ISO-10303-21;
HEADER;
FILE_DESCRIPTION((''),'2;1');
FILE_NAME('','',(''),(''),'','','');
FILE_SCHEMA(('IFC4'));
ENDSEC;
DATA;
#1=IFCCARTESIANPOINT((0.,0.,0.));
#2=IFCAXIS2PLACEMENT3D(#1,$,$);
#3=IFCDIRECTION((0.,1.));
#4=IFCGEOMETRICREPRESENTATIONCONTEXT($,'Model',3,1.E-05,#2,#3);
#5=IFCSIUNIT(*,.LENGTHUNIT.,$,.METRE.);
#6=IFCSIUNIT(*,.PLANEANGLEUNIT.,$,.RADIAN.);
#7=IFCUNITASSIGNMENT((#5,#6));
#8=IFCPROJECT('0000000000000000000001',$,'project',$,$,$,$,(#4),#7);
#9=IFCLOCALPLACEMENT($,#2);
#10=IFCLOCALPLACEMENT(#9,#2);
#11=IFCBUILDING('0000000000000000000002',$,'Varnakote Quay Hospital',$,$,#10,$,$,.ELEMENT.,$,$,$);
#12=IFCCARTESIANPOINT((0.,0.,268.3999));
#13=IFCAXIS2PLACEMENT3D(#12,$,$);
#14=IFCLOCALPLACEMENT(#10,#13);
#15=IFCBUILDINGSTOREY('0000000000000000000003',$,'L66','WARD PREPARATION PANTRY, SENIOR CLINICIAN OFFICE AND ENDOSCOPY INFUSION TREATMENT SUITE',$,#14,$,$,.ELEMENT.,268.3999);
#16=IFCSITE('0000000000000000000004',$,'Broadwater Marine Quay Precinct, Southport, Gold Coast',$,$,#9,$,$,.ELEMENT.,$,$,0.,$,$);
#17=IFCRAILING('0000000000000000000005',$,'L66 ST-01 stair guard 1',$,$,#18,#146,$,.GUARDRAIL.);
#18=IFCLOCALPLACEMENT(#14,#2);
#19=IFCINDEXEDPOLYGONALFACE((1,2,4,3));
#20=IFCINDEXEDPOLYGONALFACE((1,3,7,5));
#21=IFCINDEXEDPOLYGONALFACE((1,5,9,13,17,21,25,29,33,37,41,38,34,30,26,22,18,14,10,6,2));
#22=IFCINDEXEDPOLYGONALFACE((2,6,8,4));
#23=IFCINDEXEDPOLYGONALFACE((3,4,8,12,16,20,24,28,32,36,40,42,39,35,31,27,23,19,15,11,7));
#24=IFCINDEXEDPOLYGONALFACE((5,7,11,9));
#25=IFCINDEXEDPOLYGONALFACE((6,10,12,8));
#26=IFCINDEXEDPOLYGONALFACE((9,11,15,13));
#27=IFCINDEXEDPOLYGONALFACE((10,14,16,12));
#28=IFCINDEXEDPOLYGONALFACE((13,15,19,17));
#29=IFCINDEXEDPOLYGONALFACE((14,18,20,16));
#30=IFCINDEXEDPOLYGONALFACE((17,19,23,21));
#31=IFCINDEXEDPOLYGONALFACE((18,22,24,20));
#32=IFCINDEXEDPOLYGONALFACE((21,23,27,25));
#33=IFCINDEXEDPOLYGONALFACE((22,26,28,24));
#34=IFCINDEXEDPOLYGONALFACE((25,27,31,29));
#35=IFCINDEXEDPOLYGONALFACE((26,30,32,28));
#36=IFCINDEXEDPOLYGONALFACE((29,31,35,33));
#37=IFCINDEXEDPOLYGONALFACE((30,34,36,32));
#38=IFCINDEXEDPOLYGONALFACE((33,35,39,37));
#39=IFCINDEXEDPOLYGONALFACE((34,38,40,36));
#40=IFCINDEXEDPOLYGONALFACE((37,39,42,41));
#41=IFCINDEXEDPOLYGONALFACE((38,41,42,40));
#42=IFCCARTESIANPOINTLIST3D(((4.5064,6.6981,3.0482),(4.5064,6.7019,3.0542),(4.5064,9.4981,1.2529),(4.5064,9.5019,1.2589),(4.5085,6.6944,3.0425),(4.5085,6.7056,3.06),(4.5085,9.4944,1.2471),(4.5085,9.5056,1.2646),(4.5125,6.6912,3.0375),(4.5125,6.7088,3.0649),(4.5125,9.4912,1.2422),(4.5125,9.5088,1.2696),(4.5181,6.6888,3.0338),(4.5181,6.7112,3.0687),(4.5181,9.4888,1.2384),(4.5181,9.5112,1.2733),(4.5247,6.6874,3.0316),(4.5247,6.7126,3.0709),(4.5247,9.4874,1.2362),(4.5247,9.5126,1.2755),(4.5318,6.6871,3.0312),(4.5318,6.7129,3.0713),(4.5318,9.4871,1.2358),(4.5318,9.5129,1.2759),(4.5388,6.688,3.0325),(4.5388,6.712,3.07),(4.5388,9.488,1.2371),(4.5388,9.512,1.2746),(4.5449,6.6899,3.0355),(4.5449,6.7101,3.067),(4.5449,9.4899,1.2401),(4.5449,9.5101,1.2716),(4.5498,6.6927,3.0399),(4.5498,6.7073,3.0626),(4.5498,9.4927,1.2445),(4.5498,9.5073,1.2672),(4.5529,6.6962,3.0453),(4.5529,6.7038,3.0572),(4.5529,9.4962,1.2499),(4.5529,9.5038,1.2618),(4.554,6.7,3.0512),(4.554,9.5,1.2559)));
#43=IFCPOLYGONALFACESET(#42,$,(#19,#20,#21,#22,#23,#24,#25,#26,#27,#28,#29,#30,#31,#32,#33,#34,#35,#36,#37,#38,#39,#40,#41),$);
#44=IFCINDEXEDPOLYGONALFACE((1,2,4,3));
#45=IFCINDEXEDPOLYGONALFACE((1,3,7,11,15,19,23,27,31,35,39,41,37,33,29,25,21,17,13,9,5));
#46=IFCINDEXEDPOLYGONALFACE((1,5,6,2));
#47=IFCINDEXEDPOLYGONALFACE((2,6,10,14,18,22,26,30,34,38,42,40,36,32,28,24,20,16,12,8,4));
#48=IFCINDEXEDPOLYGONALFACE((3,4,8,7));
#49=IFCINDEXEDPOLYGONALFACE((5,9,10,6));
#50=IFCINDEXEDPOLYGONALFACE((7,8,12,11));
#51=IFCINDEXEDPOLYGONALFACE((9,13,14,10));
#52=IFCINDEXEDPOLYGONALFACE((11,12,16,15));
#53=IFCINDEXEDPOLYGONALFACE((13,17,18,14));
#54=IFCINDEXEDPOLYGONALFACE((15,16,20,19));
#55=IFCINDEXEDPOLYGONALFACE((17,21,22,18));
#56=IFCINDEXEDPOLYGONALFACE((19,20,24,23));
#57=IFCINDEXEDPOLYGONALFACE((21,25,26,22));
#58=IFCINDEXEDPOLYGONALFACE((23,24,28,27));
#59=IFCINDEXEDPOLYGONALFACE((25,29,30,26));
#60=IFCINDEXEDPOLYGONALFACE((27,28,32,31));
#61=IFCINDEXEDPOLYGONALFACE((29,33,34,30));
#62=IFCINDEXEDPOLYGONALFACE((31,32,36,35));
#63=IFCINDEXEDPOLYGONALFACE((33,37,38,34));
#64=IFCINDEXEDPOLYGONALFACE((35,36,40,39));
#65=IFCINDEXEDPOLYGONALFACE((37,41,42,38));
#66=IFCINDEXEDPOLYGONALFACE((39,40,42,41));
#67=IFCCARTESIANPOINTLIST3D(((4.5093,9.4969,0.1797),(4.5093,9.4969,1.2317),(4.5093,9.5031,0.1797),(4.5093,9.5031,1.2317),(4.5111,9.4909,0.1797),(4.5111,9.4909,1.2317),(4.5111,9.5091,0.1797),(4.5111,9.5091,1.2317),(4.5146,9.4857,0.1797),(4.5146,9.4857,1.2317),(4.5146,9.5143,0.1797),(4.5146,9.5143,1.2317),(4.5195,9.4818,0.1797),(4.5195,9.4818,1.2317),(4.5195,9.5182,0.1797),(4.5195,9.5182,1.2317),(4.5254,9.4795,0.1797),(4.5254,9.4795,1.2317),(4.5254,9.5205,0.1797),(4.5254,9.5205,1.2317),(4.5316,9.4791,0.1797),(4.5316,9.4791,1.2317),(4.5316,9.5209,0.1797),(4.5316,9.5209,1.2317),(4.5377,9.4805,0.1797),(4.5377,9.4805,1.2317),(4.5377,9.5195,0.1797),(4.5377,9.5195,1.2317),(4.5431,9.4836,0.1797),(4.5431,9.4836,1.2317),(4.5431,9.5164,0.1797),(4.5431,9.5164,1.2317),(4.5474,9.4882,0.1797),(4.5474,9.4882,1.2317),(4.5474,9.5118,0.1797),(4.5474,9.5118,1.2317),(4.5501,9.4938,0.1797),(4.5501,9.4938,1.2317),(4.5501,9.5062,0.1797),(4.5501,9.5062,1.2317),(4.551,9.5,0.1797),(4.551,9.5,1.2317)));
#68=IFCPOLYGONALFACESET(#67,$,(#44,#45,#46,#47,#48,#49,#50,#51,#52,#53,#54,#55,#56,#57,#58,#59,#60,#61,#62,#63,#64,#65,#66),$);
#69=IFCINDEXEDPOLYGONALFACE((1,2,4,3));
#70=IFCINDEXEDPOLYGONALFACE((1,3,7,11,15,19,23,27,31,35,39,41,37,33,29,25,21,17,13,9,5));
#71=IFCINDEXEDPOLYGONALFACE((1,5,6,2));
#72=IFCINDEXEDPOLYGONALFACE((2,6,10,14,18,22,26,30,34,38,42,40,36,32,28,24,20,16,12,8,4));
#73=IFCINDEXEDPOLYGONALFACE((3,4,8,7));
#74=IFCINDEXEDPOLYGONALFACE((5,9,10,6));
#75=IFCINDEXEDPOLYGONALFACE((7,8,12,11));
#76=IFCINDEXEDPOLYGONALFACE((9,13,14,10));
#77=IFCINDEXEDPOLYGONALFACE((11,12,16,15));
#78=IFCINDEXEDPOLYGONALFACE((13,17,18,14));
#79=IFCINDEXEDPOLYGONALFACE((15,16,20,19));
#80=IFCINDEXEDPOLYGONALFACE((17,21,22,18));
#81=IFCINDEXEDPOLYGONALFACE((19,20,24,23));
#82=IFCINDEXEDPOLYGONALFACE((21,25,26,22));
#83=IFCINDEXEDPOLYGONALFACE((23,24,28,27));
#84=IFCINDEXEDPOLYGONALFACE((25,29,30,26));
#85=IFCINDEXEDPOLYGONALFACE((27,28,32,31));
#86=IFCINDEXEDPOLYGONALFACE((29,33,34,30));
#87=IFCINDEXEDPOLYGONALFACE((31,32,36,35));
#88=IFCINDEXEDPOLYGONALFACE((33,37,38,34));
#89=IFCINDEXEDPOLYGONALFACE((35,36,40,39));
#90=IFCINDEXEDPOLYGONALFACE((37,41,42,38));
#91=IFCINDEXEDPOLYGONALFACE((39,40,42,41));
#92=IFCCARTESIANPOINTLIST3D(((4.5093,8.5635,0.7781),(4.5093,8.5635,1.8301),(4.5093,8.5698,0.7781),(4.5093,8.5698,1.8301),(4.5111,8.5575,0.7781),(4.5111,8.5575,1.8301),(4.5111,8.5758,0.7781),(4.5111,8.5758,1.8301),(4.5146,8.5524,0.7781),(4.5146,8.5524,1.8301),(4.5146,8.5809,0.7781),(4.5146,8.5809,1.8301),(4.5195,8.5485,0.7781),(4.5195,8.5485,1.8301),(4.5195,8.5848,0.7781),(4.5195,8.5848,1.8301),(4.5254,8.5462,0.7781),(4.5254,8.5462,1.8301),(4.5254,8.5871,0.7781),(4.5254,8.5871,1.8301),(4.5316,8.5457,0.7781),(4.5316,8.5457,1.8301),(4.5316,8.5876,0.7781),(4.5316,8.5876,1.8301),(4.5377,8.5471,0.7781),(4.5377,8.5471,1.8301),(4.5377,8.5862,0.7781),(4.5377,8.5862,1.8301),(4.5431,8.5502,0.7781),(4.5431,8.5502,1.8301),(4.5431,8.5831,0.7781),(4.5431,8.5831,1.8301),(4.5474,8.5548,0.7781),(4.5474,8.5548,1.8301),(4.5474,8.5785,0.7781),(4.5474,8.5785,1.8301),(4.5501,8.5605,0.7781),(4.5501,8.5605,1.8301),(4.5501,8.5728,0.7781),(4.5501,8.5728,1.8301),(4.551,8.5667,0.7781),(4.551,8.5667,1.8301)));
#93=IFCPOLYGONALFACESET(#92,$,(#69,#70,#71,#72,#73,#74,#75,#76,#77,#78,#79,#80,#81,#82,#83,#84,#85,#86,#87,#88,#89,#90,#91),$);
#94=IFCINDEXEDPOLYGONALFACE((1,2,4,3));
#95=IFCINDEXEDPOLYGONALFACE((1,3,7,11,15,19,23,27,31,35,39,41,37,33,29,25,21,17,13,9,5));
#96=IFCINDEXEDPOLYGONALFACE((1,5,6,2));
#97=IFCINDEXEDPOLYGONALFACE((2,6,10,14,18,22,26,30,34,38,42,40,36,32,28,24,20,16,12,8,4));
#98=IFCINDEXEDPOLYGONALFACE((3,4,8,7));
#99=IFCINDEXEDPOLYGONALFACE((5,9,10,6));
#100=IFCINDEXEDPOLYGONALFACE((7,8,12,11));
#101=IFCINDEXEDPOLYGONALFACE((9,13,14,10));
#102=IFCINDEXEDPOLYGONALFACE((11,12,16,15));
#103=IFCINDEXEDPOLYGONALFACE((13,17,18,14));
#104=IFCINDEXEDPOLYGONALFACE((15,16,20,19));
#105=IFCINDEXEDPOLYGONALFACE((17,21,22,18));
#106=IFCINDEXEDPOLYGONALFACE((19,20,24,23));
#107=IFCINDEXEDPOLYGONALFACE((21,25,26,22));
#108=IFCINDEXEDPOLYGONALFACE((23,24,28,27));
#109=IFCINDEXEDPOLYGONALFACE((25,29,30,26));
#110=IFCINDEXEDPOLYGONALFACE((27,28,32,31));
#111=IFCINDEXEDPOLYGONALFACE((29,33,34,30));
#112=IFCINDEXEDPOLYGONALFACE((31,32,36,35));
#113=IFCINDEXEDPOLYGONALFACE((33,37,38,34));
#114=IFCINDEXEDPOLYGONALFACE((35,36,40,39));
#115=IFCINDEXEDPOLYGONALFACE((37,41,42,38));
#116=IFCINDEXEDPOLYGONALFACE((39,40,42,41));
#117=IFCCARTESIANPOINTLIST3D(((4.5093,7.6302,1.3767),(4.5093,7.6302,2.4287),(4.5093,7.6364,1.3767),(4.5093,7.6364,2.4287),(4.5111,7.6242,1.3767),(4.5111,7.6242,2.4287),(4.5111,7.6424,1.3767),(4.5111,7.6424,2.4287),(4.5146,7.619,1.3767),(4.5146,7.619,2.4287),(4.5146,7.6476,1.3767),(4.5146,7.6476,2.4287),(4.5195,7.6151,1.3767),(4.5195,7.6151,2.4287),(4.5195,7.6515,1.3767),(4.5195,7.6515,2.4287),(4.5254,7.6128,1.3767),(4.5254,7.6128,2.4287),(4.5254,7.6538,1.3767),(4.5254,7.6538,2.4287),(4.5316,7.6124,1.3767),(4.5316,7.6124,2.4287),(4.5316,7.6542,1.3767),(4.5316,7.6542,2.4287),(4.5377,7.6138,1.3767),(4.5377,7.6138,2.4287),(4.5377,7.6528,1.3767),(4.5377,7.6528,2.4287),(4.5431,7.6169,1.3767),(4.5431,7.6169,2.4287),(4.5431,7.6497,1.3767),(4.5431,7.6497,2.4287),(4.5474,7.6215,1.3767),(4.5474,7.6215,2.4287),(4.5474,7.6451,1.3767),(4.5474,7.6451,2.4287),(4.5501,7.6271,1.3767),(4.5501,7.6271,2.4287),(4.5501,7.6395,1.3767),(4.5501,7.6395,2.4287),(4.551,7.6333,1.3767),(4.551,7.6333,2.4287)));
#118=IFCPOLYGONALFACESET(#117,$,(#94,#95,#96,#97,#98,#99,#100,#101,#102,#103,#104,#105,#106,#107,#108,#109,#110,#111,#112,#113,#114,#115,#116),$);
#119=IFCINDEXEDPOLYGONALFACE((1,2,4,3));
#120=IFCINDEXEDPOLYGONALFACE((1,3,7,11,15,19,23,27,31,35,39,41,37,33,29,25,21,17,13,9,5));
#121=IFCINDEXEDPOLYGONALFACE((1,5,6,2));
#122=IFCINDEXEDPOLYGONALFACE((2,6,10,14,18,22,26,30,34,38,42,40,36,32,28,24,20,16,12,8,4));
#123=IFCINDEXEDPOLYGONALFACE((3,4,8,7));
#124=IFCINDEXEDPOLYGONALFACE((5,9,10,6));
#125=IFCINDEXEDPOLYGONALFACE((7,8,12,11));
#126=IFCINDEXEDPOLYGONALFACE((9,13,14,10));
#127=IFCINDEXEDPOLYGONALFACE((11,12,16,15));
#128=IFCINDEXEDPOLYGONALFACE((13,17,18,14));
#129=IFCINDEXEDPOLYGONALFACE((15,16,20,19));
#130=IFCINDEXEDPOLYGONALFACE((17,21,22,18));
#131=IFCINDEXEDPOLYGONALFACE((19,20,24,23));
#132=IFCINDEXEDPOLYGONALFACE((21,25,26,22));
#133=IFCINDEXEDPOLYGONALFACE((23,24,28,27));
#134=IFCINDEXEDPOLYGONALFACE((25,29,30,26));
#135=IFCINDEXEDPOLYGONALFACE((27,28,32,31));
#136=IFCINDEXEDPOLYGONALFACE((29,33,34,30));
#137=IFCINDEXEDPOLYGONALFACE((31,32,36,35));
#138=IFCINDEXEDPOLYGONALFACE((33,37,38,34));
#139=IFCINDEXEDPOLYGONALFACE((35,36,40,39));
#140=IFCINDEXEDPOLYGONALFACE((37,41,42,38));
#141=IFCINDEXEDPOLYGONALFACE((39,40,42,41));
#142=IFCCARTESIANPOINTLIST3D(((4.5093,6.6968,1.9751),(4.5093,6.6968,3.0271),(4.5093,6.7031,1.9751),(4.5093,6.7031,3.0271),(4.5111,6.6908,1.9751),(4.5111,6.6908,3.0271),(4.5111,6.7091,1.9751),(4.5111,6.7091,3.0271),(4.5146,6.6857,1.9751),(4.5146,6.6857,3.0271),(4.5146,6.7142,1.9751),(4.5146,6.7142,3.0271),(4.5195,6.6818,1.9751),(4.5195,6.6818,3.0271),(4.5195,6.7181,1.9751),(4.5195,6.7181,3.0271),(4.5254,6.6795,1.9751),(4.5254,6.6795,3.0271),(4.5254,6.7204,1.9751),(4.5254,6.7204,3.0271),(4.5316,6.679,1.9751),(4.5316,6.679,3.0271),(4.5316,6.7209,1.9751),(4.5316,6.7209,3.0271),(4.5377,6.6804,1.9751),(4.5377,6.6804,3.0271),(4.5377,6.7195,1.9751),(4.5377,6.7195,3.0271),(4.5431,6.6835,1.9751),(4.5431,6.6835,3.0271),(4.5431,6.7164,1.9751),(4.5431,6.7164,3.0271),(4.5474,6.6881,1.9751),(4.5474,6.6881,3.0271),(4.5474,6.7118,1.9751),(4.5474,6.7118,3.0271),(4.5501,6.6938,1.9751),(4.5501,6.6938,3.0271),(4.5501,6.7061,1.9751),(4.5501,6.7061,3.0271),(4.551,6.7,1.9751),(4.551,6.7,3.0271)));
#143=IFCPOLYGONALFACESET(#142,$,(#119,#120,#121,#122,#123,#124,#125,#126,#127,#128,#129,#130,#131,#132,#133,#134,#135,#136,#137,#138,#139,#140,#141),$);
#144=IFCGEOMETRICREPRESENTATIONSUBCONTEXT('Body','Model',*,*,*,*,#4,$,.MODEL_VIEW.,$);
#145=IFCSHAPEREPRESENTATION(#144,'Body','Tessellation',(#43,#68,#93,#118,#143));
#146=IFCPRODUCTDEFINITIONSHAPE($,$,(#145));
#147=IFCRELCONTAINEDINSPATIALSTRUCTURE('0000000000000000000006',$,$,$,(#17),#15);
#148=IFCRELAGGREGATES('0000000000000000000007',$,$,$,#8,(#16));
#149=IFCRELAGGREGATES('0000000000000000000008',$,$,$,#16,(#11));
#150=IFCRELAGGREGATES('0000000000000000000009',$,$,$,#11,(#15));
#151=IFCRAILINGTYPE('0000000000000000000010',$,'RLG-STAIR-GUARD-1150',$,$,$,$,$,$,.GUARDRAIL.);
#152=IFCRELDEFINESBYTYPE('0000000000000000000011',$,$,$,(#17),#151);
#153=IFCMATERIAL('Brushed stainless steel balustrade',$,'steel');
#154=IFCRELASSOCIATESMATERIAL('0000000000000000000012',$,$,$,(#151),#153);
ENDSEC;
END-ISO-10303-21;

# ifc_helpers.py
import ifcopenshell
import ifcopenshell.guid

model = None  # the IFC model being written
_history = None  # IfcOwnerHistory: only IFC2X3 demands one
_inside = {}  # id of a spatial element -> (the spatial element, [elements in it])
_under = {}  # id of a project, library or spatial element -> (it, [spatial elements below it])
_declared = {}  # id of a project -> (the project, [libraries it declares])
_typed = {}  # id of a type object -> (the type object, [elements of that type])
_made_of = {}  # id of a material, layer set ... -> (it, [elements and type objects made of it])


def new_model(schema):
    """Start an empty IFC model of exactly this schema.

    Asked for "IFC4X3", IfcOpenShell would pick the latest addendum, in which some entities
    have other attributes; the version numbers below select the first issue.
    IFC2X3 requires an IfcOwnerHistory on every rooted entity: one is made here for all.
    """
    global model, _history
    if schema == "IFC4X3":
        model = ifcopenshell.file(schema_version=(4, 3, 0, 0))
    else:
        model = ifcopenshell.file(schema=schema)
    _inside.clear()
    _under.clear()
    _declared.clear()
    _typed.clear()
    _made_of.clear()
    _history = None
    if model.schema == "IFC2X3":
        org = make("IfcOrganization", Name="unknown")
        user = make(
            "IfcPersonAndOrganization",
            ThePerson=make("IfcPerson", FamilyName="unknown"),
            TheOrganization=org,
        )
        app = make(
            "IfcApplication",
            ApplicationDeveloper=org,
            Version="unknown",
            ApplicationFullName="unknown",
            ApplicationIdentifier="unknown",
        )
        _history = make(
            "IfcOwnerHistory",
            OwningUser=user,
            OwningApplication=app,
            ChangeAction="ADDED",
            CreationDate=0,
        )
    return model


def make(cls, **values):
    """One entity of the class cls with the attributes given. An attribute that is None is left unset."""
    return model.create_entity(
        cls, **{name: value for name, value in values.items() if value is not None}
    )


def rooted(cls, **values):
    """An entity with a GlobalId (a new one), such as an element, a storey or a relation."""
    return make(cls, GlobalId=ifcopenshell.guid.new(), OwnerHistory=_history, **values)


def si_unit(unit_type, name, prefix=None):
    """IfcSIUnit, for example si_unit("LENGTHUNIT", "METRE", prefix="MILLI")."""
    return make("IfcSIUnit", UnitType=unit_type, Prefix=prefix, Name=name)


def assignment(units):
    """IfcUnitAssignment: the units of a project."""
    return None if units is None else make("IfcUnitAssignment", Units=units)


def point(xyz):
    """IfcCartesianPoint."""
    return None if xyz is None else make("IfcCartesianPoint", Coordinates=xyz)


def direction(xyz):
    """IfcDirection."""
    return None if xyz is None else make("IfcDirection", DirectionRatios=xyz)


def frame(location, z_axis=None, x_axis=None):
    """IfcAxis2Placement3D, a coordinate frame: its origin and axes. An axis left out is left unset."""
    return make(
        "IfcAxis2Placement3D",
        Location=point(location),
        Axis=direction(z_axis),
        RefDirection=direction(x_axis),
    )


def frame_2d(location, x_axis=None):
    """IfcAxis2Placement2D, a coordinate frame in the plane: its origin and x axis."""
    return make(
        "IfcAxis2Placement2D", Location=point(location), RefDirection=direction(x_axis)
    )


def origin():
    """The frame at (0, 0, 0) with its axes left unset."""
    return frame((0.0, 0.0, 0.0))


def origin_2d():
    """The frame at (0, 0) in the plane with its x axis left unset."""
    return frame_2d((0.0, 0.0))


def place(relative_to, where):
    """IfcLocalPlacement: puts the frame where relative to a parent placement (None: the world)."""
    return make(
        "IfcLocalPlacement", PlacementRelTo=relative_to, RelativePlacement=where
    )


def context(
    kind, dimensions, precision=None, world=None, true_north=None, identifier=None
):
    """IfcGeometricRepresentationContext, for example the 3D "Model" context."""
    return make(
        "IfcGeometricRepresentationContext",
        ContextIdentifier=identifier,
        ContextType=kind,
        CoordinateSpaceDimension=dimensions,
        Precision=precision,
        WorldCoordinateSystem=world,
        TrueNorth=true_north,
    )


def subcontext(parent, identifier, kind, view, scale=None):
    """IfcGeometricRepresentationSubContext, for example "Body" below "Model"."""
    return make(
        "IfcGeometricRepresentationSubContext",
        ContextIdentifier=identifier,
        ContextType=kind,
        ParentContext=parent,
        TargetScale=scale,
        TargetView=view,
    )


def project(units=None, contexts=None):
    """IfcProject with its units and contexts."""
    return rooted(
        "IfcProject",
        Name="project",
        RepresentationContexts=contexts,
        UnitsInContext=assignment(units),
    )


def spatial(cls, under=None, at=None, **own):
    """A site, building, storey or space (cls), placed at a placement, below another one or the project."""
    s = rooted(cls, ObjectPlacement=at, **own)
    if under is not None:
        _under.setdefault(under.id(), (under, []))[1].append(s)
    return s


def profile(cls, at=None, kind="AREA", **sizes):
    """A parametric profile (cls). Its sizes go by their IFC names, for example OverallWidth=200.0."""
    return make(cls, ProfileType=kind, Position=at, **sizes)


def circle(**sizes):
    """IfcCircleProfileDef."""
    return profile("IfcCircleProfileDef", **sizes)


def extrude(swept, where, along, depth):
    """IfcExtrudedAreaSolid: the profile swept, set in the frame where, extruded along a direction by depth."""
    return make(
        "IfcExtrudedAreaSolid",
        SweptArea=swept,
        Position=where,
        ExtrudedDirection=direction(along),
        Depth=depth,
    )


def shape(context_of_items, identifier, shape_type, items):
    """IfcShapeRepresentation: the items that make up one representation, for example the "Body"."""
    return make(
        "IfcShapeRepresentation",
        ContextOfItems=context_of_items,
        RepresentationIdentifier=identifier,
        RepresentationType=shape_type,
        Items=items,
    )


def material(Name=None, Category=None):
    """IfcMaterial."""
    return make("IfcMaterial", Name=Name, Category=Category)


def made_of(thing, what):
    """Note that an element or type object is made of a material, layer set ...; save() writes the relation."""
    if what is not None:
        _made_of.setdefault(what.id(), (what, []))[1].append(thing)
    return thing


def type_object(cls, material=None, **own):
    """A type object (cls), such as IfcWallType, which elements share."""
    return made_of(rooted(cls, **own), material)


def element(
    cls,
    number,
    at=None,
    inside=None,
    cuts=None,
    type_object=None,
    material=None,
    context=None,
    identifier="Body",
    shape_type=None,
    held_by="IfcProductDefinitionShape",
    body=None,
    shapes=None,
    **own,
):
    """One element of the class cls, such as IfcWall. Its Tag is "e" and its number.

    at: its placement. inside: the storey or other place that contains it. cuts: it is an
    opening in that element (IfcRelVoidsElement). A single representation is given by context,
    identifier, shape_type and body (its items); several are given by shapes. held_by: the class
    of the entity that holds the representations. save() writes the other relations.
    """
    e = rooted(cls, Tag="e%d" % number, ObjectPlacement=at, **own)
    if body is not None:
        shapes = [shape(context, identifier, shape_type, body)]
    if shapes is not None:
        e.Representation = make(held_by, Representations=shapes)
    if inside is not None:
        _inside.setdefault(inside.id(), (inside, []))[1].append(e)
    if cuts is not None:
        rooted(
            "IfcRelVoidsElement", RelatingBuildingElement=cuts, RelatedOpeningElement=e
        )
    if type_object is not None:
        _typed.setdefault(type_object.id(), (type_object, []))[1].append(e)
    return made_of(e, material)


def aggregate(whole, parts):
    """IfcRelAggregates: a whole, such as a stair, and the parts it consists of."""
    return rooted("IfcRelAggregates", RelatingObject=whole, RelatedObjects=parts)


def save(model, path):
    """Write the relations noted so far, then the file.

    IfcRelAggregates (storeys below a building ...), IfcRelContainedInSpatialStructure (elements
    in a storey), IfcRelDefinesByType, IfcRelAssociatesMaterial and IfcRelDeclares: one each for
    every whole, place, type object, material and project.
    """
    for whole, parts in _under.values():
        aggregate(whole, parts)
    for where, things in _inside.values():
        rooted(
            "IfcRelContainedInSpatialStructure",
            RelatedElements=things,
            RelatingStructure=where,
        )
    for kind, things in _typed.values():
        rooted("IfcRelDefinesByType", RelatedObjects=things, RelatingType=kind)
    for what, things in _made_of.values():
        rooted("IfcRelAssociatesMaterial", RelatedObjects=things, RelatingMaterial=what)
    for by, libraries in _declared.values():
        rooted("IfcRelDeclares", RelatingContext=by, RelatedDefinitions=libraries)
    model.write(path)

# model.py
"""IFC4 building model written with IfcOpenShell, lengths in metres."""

from ifc_helpers import new_model, si_unit, direction, frame, origin, origin_2d, place, context, subcontext, project, spatial, circle, extrude, material, type_object, element, save


model = new_model("IFC4")

# Units and contexts
model_context = context("Model", 3, precision=1e-05, world=origin(), true_north=direction((0.0, 1.0)))
body_context = subcontext(model_context, "Body", "Model", "MODEL_VIEW")
ifc_project = project(units=[si_unit("LENGTHUNIT", "METRE"), si_unit("PLANEANGLEUNIT", "RADIAN")], contexts=[model_context])

# Site, building, storey
site_placement = place(None, origin())
site = spatial("IfcSite", under=ifc_project, at=site_placement, Name="Broadwater Marine Quay Precinct, Southport, Gold Coast", CompositionType="ELEMENT", RefElevation=0.0)
building_placement = place(site_placement, origin())
building = spatial("IfcBuilding", under=site, at=building_placement, Name="Varnakote Quay Hospital", CompositionType="ELEMENT")
storey_placement = place(building_placement, frame((0.0, 0.0, 268.3999)))
storey = spatial("IfcBuildingStorey", under=building, at=storey_placement, Name="L66", Description="WARD PREPARATION PANTRY, SENIOR CLINICIAN OFFICE AND ENDOSCOPY INFUSION TREATMENT SUITE", CompositionType="ELEMENT", Elevation=268.3999)

# Railing
ifc_material_1 = material(Name="Brushed stainless steel balustrade", Category="steel")
railing_type_1 = type_object("IfcRailingType", Name="RLG-STAIR-GUARD-1150", PredefinedType="GUARDRAIL", material=ifc_material_1)
railing_1_placement = place(storey_placement, frame((4.53, 9.5, 0.1797)))
element("IfcRailing", 1, at=railing_1_placement, inside=storey, type_object=railing_type_1, Name="L66 ST-01 stair guard 1", PredefinedType="GUARDRAIL", context=body_context, shape_type="SweptSolid", body=[
    extrude(circle(Radius=0.0239, at=origin_2d()), frame((0.0, 0.0, 1.0762), z_axis=(0.0, -0.84181, 0.539774), x_axis=(1.0, 0.0, 0.0)), (0.0, 0.0, 1.0), 3.3262),
    extrude(circle(Radius=0.021, at=origin_2d()), origin(), (0.0, 0.0, 1.0), 1.052),
    extrude(circle(Radius=0.021, at=origin_2d()), frame((0.0, -0.9333, 0.5984)), (0.0, 0.0, 1.0), 1.052),
    extrude(circle(Radius=0.021, at=origin_2d()), frame((0.0, -1.8667, 1.197)), (0.0, 0.0, 1.0), 1.052),
    extrude(circle(Radius=0.021, at=origin_2d()), frame((0.0, -2.8, 1.7954)), (0.0, 0.0, 1.0), 1.052),
])

save(model, "model.ifc")
